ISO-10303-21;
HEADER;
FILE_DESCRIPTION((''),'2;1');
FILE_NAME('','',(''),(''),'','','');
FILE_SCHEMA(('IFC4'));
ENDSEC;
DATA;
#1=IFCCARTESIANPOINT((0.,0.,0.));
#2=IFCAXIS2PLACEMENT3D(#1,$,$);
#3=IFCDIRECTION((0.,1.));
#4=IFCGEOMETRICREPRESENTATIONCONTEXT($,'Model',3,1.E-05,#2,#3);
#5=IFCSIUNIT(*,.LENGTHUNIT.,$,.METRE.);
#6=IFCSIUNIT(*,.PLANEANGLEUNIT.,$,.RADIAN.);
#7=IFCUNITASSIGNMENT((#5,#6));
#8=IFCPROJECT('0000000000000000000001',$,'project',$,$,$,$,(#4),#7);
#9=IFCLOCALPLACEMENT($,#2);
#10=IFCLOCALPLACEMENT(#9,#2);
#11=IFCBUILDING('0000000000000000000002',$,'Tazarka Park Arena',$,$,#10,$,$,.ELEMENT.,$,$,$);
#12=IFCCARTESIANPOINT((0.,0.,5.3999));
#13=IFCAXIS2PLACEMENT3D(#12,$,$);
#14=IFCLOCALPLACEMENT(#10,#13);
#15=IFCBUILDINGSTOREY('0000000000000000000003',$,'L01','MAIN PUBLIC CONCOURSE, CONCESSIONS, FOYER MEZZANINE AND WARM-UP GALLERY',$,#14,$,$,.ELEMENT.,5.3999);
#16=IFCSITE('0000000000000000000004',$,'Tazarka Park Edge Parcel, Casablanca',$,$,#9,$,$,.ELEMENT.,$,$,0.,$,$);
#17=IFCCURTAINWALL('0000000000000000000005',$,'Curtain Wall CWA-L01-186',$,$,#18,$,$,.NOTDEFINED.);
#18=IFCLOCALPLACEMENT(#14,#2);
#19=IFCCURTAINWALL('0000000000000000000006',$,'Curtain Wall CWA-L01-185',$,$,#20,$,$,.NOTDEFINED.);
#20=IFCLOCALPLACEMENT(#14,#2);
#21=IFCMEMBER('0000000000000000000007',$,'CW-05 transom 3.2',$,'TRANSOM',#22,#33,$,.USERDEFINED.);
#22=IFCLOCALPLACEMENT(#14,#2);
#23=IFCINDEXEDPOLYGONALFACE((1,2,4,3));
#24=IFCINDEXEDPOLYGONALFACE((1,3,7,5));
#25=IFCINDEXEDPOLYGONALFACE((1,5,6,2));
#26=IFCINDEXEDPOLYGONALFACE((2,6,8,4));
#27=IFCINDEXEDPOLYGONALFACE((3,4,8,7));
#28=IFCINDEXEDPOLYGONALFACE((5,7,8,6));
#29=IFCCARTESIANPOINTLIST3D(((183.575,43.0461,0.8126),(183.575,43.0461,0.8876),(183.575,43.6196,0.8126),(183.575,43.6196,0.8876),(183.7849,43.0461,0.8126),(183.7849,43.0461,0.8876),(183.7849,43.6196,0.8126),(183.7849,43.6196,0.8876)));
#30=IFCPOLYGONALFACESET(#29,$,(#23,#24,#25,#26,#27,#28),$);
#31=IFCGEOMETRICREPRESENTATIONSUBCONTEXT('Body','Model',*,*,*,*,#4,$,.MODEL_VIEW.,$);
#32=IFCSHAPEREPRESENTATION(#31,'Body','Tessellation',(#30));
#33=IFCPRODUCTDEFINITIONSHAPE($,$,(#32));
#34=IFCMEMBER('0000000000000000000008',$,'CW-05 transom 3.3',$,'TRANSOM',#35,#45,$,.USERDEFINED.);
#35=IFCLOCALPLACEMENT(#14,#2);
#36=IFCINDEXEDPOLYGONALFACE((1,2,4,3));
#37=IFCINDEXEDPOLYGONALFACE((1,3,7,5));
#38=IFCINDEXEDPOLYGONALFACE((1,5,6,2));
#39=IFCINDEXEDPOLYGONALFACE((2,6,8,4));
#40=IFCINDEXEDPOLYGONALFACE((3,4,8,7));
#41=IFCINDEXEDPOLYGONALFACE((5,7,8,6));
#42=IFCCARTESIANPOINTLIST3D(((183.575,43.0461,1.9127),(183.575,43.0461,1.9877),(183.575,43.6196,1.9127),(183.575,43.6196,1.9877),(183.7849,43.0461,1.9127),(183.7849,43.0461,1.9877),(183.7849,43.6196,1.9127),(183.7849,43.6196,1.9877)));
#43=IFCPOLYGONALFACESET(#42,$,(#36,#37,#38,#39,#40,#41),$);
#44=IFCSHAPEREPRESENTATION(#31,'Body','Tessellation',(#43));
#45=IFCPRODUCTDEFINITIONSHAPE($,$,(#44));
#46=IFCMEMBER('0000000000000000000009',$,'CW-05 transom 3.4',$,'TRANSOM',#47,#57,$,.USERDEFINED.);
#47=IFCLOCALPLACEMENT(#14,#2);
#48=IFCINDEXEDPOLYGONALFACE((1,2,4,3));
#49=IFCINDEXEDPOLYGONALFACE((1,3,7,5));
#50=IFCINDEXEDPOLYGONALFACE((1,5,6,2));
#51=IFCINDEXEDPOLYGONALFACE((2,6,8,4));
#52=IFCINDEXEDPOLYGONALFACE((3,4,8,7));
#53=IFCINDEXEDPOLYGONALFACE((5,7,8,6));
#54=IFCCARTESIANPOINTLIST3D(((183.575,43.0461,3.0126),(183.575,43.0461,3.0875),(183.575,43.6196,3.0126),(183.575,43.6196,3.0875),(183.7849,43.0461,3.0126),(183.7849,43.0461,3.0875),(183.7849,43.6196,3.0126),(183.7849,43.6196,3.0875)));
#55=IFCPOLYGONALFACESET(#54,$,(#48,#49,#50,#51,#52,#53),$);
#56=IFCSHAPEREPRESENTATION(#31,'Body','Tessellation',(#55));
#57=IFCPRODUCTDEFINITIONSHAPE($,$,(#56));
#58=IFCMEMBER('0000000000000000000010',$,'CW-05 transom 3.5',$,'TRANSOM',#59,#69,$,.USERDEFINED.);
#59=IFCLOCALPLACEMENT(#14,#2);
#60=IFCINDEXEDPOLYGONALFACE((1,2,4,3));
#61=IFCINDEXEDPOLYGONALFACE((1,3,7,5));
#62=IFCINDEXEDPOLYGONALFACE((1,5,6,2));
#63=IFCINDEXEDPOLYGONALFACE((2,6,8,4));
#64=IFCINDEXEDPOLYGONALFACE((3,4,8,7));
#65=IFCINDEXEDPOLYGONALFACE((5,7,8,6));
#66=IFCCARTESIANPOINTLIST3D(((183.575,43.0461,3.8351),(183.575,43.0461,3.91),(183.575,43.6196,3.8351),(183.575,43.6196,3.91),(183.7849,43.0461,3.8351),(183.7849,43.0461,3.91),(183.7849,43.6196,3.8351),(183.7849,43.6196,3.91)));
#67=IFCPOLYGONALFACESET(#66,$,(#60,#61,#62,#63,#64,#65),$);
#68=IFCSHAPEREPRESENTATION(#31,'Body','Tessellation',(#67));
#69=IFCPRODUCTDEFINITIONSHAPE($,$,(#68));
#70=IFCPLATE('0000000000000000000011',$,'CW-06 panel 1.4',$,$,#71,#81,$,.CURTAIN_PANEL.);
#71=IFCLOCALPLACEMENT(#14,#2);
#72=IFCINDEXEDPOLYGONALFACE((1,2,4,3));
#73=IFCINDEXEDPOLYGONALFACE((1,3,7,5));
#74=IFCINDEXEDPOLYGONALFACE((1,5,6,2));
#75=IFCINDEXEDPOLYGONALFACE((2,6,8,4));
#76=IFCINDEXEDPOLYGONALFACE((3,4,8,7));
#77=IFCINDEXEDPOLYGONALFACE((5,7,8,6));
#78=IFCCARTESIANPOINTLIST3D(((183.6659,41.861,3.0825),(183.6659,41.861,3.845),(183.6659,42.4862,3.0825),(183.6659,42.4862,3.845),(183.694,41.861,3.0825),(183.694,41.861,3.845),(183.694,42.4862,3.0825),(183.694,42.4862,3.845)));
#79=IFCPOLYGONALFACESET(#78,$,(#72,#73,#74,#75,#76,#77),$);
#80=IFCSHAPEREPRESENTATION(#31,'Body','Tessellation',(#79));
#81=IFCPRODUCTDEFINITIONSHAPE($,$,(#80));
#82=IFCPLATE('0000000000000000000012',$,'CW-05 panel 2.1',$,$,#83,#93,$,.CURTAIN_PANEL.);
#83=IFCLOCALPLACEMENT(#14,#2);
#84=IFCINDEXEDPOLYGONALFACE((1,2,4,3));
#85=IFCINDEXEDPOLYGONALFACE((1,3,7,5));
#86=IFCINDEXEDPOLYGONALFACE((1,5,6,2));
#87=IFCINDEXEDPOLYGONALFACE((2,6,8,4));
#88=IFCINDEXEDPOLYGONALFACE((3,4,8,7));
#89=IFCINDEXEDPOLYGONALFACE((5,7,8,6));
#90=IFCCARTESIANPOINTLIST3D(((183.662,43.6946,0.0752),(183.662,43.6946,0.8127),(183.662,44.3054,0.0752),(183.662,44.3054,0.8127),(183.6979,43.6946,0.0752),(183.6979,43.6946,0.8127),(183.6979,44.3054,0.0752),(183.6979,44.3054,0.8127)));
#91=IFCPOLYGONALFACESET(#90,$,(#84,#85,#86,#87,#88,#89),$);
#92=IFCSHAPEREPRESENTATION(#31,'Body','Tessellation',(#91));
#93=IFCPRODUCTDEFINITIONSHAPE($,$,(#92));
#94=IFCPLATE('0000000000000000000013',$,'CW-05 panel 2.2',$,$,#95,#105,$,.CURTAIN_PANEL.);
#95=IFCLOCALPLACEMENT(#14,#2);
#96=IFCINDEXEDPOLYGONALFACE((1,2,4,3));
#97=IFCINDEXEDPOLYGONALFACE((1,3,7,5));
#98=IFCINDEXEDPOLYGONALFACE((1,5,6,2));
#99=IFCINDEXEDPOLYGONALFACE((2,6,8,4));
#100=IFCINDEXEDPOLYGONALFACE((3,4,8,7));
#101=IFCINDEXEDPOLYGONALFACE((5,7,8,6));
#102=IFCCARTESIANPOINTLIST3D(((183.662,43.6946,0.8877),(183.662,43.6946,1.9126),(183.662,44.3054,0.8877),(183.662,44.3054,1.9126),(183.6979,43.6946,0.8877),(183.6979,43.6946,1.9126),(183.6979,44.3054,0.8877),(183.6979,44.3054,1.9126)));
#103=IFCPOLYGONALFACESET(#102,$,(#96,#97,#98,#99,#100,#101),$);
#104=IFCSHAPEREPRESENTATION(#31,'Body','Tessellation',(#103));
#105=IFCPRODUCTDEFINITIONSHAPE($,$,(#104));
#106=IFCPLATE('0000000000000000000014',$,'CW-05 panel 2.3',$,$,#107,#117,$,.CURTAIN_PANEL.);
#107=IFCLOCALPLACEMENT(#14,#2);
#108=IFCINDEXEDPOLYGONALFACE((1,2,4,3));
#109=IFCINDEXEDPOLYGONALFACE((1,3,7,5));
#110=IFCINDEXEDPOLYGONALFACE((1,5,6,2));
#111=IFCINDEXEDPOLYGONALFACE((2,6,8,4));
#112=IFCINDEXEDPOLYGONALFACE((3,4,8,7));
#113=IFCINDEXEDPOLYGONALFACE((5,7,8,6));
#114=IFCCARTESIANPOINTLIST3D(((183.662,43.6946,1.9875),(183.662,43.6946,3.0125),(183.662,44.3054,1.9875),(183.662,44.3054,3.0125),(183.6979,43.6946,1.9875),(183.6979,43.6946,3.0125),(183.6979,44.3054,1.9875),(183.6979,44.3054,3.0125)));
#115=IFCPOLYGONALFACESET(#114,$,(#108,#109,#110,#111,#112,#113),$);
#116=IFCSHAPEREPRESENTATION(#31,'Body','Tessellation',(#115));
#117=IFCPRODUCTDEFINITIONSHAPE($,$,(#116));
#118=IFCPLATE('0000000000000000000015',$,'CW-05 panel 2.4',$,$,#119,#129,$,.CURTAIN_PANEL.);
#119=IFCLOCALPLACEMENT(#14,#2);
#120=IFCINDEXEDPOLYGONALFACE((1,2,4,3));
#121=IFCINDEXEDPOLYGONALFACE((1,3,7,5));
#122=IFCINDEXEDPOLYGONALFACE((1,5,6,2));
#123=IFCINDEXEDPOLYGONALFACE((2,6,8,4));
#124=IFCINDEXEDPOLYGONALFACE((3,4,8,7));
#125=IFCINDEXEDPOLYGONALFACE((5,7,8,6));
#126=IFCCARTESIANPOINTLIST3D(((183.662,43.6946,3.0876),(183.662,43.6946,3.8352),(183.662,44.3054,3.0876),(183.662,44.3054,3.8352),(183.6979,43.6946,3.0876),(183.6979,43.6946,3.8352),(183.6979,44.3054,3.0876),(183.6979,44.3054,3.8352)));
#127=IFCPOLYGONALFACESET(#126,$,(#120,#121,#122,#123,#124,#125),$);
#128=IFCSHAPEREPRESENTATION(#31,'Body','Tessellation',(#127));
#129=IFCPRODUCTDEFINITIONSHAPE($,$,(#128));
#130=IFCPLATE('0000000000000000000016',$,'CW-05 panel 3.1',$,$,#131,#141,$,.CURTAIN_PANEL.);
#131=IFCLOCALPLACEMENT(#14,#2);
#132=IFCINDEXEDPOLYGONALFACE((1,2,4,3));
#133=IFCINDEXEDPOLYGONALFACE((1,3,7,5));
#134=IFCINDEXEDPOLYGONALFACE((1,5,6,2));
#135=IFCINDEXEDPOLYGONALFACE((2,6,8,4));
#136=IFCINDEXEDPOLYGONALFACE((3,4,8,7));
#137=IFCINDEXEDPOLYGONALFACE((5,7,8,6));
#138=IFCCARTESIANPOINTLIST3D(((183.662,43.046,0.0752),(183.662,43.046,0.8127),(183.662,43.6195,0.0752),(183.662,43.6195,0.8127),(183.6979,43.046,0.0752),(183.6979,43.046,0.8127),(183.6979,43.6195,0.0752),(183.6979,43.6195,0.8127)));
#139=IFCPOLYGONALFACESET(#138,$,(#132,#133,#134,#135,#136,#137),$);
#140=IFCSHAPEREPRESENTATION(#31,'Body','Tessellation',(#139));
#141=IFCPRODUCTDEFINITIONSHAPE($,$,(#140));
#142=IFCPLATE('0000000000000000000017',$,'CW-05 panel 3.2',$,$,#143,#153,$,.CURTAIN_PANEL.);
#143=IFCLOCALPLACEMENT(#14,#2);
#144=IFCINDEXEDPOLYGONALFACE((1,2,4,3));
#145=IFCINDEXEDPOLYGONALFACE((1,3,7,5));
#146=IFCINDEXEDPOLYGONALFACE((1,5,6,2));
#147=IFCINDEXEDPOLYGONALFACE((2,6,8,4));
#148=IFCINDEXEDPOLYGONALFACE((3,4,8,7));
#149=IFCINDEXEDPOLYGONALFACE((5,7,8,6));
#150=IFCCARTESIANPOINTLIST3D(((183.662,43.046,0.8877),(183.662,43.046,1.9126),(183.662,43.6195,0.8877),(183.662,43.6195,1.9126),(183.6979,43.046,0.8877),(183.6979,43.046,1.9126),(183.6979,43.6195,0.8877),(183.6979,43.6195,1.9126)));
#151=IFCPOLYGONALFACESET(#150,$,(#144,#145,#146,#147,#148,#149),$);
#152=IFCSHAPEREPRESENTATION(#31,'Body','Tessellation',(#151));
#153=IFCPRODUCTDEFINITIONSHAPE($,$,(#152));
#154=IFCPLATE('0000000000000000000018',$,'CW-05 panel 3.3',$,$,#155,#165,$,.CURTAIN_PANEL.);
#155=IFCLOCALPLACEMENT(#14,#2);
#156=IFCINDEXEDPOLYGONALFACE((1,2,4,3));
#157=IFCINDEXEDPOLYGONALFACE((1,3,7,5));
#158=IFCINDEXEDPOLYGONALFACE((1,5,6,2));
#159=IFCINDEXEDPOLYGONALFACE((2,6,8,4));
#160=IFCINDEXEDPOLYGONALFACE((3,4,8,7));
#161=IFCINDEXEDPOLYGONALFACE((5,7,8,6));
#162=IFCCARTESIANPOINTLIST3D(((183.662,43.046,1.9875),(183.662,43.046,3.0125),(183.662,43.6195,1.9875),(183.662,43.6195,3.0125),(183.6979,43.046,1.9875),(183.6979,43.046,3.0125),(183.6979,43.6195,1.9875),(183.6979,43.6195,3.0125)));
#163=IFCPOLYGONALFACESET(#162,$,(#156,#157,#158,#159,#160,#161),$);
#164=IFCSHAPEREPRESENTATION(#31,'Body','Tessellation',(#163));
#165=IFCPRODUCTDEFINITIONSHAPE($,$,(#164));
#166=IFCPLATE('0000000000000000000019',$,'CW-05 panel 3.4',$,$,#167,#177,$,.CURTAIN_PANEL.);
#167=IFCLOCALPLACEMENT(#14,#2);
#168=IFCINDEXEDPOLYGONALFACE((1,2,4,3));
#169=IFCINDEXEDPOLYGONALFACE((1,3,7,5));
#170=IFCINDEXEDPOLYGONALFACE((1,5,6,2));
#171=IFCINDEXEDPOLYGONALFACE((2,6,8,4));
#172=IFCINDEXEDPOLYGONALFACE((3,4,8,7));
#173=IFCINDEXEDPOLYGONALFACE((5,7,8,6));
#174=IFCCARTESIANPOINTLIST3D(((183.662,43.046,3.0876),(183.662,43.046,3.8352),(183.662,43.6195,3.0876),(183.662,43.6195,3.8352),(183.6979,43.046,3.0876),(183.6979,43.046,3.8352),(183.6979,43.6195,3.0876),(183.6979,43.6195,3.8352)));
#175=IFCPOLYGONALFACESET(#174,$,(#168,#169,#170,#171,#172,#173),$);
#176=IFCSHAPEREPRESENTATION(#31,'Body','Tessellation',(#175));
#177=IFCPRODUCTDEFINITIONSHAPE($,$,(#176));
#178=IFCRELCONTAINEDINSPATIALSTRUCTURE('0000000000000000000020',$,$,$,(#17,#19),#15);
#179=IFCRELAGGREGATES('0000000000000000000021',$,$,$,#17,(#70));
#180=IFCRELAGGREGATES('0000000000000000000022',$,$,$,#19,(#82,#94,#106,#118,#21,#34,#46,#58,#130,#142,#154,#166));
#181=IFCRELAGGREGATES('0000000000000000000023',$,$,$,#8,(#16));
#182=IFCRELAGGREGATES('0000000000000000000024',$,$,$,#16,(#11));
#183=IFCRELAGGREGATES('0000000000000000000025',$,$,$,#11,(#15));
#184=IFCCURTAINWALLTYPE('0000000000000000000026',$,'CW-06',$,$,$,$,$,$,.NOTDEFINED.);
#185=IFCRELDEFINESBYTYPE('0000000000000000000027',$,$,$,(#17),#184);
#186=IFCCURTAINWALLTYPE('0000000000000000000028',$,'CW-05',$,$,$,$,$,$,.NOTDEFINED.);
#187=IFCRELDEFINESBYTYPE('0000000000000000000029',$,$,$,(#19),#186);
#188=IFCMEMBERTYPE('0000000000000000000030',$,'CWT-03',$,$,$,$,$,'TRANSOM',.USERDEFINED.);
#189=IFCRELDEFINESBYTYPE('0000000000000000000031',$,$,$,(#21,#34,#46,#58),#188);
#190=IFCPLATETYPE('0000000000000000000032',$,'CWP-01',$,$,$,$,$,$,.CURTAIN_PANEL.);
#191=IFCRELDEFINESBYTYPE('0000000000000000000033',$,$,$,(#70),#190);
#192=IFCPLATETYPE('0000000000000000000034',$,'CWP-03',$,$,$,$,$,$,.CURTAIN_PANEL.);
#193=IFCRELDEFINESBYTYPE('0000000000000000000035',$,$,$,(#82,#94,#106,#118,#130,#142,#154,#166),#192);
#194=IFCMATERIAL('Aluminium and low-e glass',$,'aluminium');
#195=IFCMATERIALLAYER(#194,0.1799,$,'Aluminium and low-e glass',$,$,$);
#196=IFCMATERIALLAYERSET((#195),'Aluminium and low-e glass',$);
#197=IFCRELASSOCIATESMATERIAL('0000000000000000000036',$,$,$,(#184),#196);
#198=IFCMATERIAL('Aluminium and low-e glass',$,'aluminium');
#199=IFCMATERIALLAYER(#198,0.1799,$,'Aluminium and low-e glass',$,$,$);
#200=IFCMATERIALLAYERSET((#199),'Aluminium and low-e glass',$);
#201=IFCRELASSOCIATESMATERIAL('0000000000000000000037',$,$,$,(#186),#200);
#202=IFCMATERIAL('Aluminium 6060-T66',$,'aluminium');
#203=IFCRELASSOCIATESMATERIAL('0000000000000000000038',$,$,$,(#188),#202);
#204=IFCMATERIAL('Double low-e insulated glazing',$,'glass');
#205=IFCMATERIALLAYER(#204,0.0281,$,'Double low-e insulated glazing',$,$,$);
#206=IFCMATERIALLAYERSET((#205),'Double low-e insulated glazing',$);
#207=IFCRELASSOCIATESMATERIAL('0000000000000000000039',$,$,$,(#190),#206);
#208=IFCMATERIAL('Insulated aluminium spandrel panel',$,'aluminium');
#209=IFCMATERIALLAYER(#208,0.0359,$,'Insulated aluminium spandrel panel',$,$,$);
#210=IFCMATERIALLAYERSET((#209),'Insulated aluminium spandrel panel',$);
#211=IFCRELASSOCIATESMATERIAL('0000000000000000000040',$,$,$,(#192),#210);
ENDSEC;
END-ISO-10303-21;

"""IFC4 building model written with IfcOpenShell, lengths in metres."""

from ifc_helpers import new_model, si_unit, direction, frame, origin, origin_2d, place, context, subcontext, project, spatial, rectangle, extrude, material, layer, layer_set, material_profile, profile_set, type_object, element, aggregate, save


model = new_model("IFC4")

# Units and contexts
model_context = context("Model", 3, precision=1e-05, world=origin(), true_north=direction((0.0, 1.0)))
body_context = subcontext(model_context, "Body", "Model", "MODEL_VIEW")
ifc_project = project(units=[si_unit("LENGTHUNIT", "METRE"), si_unit("PLANEANGLEUNIT", "RADIAN")], contexts=[model_context])

# Site, building, storey
site_placement = place(None, origin())
site = spatial("IfcSite", under=ifc_project, at=site_placement, Name="Tazarka Park Edge Parcel, Casablanca", CompositionType="ELEMENT", RefElevation=0.0)
building_placement = place(site_placement, origin())
building = spatial("IfcBuilding", under=site, at=building_placement, Name="Tazarka Park Arena", CompositionType="ELEMENT")
storey_placement = place(building_placement, frame((0.0, 0.0, 5.3999)))
storey = spatial("IfcBuildingStorey", under=building, at=storey_placement, Name="L01", Description="MAIN PUBLIC CONCOURSE, CONCESSIONS, FOYER MEZZANINE AND WARM-UP GALLERY", CompositionType="ELEMENT", Elevation=5.3999)

# Curtain wall
ifc_material_1 = material(Name="Aluminium and low-e glass", Category="aluminium")
ifc_layer_1 = layer(ifc_material_1, 0.1799, Name="Aluminium and low-e glass")
ifc_layer_set_1 = layer_set([ifc_layer_1], Name="Aluminium and low-e glass")
curtain_wall_type_1 = type_object("IfcCurtainWallType", Name="CW-06", PredefinedType="NOTDEFINED", material=ifc_layer_set_1)
curtain_wall_1_placement = place(storey_placement, origin())
curtain_wall_1 = element("IfcCurtainWall", 1, at=curtain_wall_1_placement, inside=storey, type_object=curtain_wall_type_1, Name="Curtain Wall CWA-L01-186", PredefinedType="NOTDEFINED")

# Curtain wall
ifc_material_2 = material(Name="Aluminium and low-e glass", Category="aluminium")
ifc_layer_2 = layer(ifc_material_2, 0.1799, Name="Aluminium and low-e glass")
ifc_layer_set_2 = layer_set([ifc_layer_2], Name="Aluminium and low-e glass")
curtain_wall_type_2 = type_object("IfcCurtainWallType", Name="CW-05", PredefinedType="NOTDEFINED", material=ifc_layer_set_2)
curtain_wall_2_placement = place(storey_placement, origin())
curtain_wall_2 = element("IfcCurtainWall", 2, at=curtain_wall_2_placement, inside=storey, type_object=curtain_wall_type_2, Name="Curtain Wall CWA-L01-185", PredefinedType="NOTDEFINED")

# Members
ifc_material_3 = material(Name="Aluminium 6060-T66", Category="aluminium")
ifc_material_profile_1 = material_profile(ifc_material_3, rectangle(XDim=0.21, YDim=0.075, at=origin_2d()), Name="Aluminium 6060-T66")
ifc_profile_set_1 = profile_set([ifc_material_profile_1], Name="Aluminium 6060-T66")
member_type_1 = type_object("IfcMemberType", Name="CWT-03", ElementType="TRANSOM", PredefinedType="USERDEFINED", material=ifc_profile_set_1)
member_1_placement = place(storey_placement, frame((183.6799, 43.6196, 0.8501), z_axis=(0.0, -1.0, 0.0), x_axis=(1.0, 0.0, 0.0)))
member_1 = element("IfcMember", 3, at=member_1_placement, type_object=member_type_1, Name="CW-05 transom 3.2", ObjectType="TRANSOM", PredefinedType="USERDEFINED", context=body_context, shape_type="SweptSolid", body=[
    extrude(rectangle(XDim=0.21, YDim=0.075, at=origin_2d()), origin(), (0.0, 0.0, 1.0), 0.5735),
])
member_2_placement = place(storey_placement, frame((183.6799, 43.6196, 1.9502), z_axis=(0.0, -1.0, 0.0), x_axis=(1.0, 0.0, 0.0)))
member_2 = element("IfcMember", 4, at=member_2_placement, type_object=member_type_1, Name="CW-05 transom 3.3", ObjectType="TRANSOM", PredefinedType="USERDEFINED", context=body_context, shape_type="SweptSolid", body=[
    extrude(rectangle(XDim=0.21, YDim=0.075, at=origin_2d()), origin(), (0.0, 0.0, 1.0), 0.5735),
])
member_3_placement = place(storey_placement, frame((183.6799, 43.6196, 3.05), z_axis=(0.0, -1.0, 0.0), x_axis=(1.0, 0.0, 0.0)))
member_3 = element("IfcMember", 5, at=member_3_placement, type_object=member_type_1, Name="CW-05 transom 3.4", ObjectType="TRANSOM", PredefinedType="USERDEFINED", context=body_context, shape_type="SweptSolid", body=[
    extrude(rectangle(XDim=0.21, YDim=0.075, at=origin_2d()), origin(), (0.0, 0.0, 1.0), 0.5735),
])
member_4_placement = place(storey_placement, frame((183.6799, 43.6196, 3.8726), z_axis=(0.0, -1.0, 0.0), x_axis=(1.0, 0.0, 0.0)))
member_4 = element("IfcMember", 6, at=member_4_placement, type_object=member_type_1, Name="CW-05 transom 3.5", ObjectType="TRANSOM", PredefinedType="USERDEFINED", context=body_context, shape_type="SweptSolid", body=[
    extrude(rectangle(XDim=0.21, YDim=0.075, at=origin_2d()), origin(), (0.0, 0.0, 1.0), 0.5735),
])

# Plates
ifc_material_4 = material(Name="Double low-e insulated glazing", Category="glass")
ifc_layer_3 = layer(ifc_material_4, 0.0281, Name="Double low-e insulated glazing")
ifc_layer_set_3 = layer_set([ifc_layer_3], Name="Double low-e insulated glazing")
plate_type_1 = type_object("IfcPlateType", Name="CWP-01", PredefinedType="CURTAIN_PANEL", material=ifc_layer_set_3)
plate_1_placement = place(storey_placement, frame((183.6799, 42.1736, 3.0825), z_axis=(0.0, 0.0, 1.0), x_axis=(0.0, -1.0, 0.0)))
plate_1 = element("IfcPlate", 7, at=plate_1_placement, type_object=plate_type_1, Name="CW-06 panel 1.4", PredefinedType="CURTAIN_PANEL", context=body_context, shape_type="SweptSolid", body=[
    extrude(rectangle(XDim=0.6252, YDim=0.0281, at=origin_2d()), origin(), (0.0, 0.0, 1.0), 0.7625),
])
aggregate(curtain_wall_1, [plate_1])
ifc_material_5 = material(Name="Insulated aluminium spandrel panel", Category="aluminium")
ifc_layer_4 = layer(ifc_material_5, 0.0359, Name="Insulated aluminium spandrel panel")
ifc_layer_set_4 = layer_set([ifc_layer_4], Name="Insulated aluminium spandrel panel")
plate_type_2 = type_object("IfcPlateType", Name="CWP-03", PredefinedType="CURTAIN_PANEL", material=ifc_layer_set_4)
plate_2_placement = place(storey_placement, frame((183.6799, 44.0, 0.0752), z_axis=(0.0, 0.0, 1.0), x_axis=(0.0, -1.0, 0.0)))
plate_2 = element("IfcPlate", 8, at=plate_2_placement, type_object=plate_type_2, Name="CW-05 panel 2.1", PredefinedType="CURTAIN_PANEL", context=body_context, shape_type="SweptSolid", body=[
    extrude(rectangle(XDim=0.6108, YDim=0.0359, at=origin_2d()), origin(), (0.0, 0.0, 1.0), 0.7375),
])
plate_3_placement = place(storey_placement, frame((183.6799, 44.0, 0.8877), z_axis=(0.0, 0.0, 1.0), x_axis=(0.0, -1.0, 0.0)))
plate_3 = element("IfcPlate", 9, at=plate_3_placement, type_object=plate_type_2, Name="CW-05 panel 2.2", PredefinedType="CURTAIN_PANEL", context=body_context, shape_type="SweptSolid", body=[
    extrude(rectangle(XDim=0.6108, YDim=0.0359, at=origin_2d()), origin(), (0.0, 0.0, 1.0), 1.0249),
])
plate_4_placement = place(storey_placement, frame((183.6799, 44.0, 1.9875), z_axis=(0.0, 0.0, 1.0), x_axis=(0.0, -1.0, 0.0)))
plate_4 = element("IfcPlate", 10, at=plate_4_placement, type_object=plate_type_2, Name="CW-05 panel 2.3", PredefinedType="CURTAIN_PANEL", context=body_context, shape_type="SweptSolid", body=[
    extrude(rectangle(XDim=0.6108, YDim=0.0359, at=origin_2d()), origin(), (0.0, 0.0, 1.0), 1.0249),
])
plate_5_placement = place(storey_placement, frame((183.6799, 44.0, 3.0876), z_axis=(0.0, 0.0, 1.0), x_axis=(0.0, -1.0, 0.0)))
plate_5 = element("IfcPlate", 11, at=plate_5_placement, type_object=plate_type_2, Name="CW-05 panel 2.4", PredefinedType="CURTAIN_PANEL", context=body_context, shape_type="SweptSolid", body=[
    extrude(rectangle(XDim=0.6108, YDim=0.0359, at=origin_2d()), origin(), (0.0, 0.0, 1.0), 0.7476),
])
plate_6_placement = place(storey_placement, frame((183.6799, 43.3328, 0.0752), z_axis=(0.0, 0.0, 1.0), x_axis=(0.0, -1.0, 0.0)))
plate_6 = element("IfcPlate", 12, at=plate_6_placement, type_object=plate_type_2, Name="CW-05 panel 3.1", PredefinedType="CURTAIN_PANEL", context=body_context, shape_type="SweptSolid", body=[
    extrude(rectangle(XDim=0.5735, YDim=0.0359, at=origin_2d()), origin(), (0.0, 0.0, 1.0), 0.7375),
])
plate_7_placement = place(storey_placement, frame((183.6799, 43.3328, 0.8877), z_axis=(0.0, 0.0, 1.0), x_axis=(0.0, -1.0, 0.0)))
plate_7 = element("IfcPlate", 13, at=plate_7_placement, type_object=plate_type_2, Name="CW-05 panel 3.2", PredefinedType="CURTAIN_PANEL", context=body_context, shape_type="SweptSolid", body=[
    extrude(rectangle(XDim=0.5735, YDim=0.0359, at=origin_2d()), origin(), (0.0, 0.0, 1.0), 1.0249),
])
plate_8_placement = place(storey_placement, frame((183.6799, 43.3328, 1.9875), z_axis=(0.0, 0.0, 1.0), x_axis=(0.0, -1.0, 0.0)))
plate_8 = element("IfcPlate", 14, at=plate_8_placement, type_object=plate_type_2, Name="CW-05 panel 3.3", PredefinedType="CURTAIN_PANEL", context=body_context, shape_type="SweptSolid", body=[
    extrude(rectangle(XDim=0.5735, YDim=0.0359, at=origin_2d()), origin(), (0.0, 0.0, 1.0), 1.0249),
])
plate_9_placement = place(storey_placement, frame((183.6799, 43.3328, 3.0876), z_axis=(0.0, 0.0, 1.0), x_axis=(0.0, -1.0, 0.0)))
plate_9 = element("IfcPlate", 15, at=plate_9_placement, type_object=plate_type_2, Name="CW-05 panel 3.4", PredefinedType="CURTAIN_PANEL", context=body_context, shape_type="SweptSolid", body=[
    extrude(rectangle(XDim=0.5735, YDim=0.0359, at=origin_2d()), origin(), (0.0, 0.0, 1.0), 0.7476),
])
aggregate(curtain_wall_2, [plate_2, plate_3, plate_4, plate_5, member_1, member_2, member_3, member_4, plate_6, plate_7, plate_8, plate_9])

save(model, "model.ifc")
